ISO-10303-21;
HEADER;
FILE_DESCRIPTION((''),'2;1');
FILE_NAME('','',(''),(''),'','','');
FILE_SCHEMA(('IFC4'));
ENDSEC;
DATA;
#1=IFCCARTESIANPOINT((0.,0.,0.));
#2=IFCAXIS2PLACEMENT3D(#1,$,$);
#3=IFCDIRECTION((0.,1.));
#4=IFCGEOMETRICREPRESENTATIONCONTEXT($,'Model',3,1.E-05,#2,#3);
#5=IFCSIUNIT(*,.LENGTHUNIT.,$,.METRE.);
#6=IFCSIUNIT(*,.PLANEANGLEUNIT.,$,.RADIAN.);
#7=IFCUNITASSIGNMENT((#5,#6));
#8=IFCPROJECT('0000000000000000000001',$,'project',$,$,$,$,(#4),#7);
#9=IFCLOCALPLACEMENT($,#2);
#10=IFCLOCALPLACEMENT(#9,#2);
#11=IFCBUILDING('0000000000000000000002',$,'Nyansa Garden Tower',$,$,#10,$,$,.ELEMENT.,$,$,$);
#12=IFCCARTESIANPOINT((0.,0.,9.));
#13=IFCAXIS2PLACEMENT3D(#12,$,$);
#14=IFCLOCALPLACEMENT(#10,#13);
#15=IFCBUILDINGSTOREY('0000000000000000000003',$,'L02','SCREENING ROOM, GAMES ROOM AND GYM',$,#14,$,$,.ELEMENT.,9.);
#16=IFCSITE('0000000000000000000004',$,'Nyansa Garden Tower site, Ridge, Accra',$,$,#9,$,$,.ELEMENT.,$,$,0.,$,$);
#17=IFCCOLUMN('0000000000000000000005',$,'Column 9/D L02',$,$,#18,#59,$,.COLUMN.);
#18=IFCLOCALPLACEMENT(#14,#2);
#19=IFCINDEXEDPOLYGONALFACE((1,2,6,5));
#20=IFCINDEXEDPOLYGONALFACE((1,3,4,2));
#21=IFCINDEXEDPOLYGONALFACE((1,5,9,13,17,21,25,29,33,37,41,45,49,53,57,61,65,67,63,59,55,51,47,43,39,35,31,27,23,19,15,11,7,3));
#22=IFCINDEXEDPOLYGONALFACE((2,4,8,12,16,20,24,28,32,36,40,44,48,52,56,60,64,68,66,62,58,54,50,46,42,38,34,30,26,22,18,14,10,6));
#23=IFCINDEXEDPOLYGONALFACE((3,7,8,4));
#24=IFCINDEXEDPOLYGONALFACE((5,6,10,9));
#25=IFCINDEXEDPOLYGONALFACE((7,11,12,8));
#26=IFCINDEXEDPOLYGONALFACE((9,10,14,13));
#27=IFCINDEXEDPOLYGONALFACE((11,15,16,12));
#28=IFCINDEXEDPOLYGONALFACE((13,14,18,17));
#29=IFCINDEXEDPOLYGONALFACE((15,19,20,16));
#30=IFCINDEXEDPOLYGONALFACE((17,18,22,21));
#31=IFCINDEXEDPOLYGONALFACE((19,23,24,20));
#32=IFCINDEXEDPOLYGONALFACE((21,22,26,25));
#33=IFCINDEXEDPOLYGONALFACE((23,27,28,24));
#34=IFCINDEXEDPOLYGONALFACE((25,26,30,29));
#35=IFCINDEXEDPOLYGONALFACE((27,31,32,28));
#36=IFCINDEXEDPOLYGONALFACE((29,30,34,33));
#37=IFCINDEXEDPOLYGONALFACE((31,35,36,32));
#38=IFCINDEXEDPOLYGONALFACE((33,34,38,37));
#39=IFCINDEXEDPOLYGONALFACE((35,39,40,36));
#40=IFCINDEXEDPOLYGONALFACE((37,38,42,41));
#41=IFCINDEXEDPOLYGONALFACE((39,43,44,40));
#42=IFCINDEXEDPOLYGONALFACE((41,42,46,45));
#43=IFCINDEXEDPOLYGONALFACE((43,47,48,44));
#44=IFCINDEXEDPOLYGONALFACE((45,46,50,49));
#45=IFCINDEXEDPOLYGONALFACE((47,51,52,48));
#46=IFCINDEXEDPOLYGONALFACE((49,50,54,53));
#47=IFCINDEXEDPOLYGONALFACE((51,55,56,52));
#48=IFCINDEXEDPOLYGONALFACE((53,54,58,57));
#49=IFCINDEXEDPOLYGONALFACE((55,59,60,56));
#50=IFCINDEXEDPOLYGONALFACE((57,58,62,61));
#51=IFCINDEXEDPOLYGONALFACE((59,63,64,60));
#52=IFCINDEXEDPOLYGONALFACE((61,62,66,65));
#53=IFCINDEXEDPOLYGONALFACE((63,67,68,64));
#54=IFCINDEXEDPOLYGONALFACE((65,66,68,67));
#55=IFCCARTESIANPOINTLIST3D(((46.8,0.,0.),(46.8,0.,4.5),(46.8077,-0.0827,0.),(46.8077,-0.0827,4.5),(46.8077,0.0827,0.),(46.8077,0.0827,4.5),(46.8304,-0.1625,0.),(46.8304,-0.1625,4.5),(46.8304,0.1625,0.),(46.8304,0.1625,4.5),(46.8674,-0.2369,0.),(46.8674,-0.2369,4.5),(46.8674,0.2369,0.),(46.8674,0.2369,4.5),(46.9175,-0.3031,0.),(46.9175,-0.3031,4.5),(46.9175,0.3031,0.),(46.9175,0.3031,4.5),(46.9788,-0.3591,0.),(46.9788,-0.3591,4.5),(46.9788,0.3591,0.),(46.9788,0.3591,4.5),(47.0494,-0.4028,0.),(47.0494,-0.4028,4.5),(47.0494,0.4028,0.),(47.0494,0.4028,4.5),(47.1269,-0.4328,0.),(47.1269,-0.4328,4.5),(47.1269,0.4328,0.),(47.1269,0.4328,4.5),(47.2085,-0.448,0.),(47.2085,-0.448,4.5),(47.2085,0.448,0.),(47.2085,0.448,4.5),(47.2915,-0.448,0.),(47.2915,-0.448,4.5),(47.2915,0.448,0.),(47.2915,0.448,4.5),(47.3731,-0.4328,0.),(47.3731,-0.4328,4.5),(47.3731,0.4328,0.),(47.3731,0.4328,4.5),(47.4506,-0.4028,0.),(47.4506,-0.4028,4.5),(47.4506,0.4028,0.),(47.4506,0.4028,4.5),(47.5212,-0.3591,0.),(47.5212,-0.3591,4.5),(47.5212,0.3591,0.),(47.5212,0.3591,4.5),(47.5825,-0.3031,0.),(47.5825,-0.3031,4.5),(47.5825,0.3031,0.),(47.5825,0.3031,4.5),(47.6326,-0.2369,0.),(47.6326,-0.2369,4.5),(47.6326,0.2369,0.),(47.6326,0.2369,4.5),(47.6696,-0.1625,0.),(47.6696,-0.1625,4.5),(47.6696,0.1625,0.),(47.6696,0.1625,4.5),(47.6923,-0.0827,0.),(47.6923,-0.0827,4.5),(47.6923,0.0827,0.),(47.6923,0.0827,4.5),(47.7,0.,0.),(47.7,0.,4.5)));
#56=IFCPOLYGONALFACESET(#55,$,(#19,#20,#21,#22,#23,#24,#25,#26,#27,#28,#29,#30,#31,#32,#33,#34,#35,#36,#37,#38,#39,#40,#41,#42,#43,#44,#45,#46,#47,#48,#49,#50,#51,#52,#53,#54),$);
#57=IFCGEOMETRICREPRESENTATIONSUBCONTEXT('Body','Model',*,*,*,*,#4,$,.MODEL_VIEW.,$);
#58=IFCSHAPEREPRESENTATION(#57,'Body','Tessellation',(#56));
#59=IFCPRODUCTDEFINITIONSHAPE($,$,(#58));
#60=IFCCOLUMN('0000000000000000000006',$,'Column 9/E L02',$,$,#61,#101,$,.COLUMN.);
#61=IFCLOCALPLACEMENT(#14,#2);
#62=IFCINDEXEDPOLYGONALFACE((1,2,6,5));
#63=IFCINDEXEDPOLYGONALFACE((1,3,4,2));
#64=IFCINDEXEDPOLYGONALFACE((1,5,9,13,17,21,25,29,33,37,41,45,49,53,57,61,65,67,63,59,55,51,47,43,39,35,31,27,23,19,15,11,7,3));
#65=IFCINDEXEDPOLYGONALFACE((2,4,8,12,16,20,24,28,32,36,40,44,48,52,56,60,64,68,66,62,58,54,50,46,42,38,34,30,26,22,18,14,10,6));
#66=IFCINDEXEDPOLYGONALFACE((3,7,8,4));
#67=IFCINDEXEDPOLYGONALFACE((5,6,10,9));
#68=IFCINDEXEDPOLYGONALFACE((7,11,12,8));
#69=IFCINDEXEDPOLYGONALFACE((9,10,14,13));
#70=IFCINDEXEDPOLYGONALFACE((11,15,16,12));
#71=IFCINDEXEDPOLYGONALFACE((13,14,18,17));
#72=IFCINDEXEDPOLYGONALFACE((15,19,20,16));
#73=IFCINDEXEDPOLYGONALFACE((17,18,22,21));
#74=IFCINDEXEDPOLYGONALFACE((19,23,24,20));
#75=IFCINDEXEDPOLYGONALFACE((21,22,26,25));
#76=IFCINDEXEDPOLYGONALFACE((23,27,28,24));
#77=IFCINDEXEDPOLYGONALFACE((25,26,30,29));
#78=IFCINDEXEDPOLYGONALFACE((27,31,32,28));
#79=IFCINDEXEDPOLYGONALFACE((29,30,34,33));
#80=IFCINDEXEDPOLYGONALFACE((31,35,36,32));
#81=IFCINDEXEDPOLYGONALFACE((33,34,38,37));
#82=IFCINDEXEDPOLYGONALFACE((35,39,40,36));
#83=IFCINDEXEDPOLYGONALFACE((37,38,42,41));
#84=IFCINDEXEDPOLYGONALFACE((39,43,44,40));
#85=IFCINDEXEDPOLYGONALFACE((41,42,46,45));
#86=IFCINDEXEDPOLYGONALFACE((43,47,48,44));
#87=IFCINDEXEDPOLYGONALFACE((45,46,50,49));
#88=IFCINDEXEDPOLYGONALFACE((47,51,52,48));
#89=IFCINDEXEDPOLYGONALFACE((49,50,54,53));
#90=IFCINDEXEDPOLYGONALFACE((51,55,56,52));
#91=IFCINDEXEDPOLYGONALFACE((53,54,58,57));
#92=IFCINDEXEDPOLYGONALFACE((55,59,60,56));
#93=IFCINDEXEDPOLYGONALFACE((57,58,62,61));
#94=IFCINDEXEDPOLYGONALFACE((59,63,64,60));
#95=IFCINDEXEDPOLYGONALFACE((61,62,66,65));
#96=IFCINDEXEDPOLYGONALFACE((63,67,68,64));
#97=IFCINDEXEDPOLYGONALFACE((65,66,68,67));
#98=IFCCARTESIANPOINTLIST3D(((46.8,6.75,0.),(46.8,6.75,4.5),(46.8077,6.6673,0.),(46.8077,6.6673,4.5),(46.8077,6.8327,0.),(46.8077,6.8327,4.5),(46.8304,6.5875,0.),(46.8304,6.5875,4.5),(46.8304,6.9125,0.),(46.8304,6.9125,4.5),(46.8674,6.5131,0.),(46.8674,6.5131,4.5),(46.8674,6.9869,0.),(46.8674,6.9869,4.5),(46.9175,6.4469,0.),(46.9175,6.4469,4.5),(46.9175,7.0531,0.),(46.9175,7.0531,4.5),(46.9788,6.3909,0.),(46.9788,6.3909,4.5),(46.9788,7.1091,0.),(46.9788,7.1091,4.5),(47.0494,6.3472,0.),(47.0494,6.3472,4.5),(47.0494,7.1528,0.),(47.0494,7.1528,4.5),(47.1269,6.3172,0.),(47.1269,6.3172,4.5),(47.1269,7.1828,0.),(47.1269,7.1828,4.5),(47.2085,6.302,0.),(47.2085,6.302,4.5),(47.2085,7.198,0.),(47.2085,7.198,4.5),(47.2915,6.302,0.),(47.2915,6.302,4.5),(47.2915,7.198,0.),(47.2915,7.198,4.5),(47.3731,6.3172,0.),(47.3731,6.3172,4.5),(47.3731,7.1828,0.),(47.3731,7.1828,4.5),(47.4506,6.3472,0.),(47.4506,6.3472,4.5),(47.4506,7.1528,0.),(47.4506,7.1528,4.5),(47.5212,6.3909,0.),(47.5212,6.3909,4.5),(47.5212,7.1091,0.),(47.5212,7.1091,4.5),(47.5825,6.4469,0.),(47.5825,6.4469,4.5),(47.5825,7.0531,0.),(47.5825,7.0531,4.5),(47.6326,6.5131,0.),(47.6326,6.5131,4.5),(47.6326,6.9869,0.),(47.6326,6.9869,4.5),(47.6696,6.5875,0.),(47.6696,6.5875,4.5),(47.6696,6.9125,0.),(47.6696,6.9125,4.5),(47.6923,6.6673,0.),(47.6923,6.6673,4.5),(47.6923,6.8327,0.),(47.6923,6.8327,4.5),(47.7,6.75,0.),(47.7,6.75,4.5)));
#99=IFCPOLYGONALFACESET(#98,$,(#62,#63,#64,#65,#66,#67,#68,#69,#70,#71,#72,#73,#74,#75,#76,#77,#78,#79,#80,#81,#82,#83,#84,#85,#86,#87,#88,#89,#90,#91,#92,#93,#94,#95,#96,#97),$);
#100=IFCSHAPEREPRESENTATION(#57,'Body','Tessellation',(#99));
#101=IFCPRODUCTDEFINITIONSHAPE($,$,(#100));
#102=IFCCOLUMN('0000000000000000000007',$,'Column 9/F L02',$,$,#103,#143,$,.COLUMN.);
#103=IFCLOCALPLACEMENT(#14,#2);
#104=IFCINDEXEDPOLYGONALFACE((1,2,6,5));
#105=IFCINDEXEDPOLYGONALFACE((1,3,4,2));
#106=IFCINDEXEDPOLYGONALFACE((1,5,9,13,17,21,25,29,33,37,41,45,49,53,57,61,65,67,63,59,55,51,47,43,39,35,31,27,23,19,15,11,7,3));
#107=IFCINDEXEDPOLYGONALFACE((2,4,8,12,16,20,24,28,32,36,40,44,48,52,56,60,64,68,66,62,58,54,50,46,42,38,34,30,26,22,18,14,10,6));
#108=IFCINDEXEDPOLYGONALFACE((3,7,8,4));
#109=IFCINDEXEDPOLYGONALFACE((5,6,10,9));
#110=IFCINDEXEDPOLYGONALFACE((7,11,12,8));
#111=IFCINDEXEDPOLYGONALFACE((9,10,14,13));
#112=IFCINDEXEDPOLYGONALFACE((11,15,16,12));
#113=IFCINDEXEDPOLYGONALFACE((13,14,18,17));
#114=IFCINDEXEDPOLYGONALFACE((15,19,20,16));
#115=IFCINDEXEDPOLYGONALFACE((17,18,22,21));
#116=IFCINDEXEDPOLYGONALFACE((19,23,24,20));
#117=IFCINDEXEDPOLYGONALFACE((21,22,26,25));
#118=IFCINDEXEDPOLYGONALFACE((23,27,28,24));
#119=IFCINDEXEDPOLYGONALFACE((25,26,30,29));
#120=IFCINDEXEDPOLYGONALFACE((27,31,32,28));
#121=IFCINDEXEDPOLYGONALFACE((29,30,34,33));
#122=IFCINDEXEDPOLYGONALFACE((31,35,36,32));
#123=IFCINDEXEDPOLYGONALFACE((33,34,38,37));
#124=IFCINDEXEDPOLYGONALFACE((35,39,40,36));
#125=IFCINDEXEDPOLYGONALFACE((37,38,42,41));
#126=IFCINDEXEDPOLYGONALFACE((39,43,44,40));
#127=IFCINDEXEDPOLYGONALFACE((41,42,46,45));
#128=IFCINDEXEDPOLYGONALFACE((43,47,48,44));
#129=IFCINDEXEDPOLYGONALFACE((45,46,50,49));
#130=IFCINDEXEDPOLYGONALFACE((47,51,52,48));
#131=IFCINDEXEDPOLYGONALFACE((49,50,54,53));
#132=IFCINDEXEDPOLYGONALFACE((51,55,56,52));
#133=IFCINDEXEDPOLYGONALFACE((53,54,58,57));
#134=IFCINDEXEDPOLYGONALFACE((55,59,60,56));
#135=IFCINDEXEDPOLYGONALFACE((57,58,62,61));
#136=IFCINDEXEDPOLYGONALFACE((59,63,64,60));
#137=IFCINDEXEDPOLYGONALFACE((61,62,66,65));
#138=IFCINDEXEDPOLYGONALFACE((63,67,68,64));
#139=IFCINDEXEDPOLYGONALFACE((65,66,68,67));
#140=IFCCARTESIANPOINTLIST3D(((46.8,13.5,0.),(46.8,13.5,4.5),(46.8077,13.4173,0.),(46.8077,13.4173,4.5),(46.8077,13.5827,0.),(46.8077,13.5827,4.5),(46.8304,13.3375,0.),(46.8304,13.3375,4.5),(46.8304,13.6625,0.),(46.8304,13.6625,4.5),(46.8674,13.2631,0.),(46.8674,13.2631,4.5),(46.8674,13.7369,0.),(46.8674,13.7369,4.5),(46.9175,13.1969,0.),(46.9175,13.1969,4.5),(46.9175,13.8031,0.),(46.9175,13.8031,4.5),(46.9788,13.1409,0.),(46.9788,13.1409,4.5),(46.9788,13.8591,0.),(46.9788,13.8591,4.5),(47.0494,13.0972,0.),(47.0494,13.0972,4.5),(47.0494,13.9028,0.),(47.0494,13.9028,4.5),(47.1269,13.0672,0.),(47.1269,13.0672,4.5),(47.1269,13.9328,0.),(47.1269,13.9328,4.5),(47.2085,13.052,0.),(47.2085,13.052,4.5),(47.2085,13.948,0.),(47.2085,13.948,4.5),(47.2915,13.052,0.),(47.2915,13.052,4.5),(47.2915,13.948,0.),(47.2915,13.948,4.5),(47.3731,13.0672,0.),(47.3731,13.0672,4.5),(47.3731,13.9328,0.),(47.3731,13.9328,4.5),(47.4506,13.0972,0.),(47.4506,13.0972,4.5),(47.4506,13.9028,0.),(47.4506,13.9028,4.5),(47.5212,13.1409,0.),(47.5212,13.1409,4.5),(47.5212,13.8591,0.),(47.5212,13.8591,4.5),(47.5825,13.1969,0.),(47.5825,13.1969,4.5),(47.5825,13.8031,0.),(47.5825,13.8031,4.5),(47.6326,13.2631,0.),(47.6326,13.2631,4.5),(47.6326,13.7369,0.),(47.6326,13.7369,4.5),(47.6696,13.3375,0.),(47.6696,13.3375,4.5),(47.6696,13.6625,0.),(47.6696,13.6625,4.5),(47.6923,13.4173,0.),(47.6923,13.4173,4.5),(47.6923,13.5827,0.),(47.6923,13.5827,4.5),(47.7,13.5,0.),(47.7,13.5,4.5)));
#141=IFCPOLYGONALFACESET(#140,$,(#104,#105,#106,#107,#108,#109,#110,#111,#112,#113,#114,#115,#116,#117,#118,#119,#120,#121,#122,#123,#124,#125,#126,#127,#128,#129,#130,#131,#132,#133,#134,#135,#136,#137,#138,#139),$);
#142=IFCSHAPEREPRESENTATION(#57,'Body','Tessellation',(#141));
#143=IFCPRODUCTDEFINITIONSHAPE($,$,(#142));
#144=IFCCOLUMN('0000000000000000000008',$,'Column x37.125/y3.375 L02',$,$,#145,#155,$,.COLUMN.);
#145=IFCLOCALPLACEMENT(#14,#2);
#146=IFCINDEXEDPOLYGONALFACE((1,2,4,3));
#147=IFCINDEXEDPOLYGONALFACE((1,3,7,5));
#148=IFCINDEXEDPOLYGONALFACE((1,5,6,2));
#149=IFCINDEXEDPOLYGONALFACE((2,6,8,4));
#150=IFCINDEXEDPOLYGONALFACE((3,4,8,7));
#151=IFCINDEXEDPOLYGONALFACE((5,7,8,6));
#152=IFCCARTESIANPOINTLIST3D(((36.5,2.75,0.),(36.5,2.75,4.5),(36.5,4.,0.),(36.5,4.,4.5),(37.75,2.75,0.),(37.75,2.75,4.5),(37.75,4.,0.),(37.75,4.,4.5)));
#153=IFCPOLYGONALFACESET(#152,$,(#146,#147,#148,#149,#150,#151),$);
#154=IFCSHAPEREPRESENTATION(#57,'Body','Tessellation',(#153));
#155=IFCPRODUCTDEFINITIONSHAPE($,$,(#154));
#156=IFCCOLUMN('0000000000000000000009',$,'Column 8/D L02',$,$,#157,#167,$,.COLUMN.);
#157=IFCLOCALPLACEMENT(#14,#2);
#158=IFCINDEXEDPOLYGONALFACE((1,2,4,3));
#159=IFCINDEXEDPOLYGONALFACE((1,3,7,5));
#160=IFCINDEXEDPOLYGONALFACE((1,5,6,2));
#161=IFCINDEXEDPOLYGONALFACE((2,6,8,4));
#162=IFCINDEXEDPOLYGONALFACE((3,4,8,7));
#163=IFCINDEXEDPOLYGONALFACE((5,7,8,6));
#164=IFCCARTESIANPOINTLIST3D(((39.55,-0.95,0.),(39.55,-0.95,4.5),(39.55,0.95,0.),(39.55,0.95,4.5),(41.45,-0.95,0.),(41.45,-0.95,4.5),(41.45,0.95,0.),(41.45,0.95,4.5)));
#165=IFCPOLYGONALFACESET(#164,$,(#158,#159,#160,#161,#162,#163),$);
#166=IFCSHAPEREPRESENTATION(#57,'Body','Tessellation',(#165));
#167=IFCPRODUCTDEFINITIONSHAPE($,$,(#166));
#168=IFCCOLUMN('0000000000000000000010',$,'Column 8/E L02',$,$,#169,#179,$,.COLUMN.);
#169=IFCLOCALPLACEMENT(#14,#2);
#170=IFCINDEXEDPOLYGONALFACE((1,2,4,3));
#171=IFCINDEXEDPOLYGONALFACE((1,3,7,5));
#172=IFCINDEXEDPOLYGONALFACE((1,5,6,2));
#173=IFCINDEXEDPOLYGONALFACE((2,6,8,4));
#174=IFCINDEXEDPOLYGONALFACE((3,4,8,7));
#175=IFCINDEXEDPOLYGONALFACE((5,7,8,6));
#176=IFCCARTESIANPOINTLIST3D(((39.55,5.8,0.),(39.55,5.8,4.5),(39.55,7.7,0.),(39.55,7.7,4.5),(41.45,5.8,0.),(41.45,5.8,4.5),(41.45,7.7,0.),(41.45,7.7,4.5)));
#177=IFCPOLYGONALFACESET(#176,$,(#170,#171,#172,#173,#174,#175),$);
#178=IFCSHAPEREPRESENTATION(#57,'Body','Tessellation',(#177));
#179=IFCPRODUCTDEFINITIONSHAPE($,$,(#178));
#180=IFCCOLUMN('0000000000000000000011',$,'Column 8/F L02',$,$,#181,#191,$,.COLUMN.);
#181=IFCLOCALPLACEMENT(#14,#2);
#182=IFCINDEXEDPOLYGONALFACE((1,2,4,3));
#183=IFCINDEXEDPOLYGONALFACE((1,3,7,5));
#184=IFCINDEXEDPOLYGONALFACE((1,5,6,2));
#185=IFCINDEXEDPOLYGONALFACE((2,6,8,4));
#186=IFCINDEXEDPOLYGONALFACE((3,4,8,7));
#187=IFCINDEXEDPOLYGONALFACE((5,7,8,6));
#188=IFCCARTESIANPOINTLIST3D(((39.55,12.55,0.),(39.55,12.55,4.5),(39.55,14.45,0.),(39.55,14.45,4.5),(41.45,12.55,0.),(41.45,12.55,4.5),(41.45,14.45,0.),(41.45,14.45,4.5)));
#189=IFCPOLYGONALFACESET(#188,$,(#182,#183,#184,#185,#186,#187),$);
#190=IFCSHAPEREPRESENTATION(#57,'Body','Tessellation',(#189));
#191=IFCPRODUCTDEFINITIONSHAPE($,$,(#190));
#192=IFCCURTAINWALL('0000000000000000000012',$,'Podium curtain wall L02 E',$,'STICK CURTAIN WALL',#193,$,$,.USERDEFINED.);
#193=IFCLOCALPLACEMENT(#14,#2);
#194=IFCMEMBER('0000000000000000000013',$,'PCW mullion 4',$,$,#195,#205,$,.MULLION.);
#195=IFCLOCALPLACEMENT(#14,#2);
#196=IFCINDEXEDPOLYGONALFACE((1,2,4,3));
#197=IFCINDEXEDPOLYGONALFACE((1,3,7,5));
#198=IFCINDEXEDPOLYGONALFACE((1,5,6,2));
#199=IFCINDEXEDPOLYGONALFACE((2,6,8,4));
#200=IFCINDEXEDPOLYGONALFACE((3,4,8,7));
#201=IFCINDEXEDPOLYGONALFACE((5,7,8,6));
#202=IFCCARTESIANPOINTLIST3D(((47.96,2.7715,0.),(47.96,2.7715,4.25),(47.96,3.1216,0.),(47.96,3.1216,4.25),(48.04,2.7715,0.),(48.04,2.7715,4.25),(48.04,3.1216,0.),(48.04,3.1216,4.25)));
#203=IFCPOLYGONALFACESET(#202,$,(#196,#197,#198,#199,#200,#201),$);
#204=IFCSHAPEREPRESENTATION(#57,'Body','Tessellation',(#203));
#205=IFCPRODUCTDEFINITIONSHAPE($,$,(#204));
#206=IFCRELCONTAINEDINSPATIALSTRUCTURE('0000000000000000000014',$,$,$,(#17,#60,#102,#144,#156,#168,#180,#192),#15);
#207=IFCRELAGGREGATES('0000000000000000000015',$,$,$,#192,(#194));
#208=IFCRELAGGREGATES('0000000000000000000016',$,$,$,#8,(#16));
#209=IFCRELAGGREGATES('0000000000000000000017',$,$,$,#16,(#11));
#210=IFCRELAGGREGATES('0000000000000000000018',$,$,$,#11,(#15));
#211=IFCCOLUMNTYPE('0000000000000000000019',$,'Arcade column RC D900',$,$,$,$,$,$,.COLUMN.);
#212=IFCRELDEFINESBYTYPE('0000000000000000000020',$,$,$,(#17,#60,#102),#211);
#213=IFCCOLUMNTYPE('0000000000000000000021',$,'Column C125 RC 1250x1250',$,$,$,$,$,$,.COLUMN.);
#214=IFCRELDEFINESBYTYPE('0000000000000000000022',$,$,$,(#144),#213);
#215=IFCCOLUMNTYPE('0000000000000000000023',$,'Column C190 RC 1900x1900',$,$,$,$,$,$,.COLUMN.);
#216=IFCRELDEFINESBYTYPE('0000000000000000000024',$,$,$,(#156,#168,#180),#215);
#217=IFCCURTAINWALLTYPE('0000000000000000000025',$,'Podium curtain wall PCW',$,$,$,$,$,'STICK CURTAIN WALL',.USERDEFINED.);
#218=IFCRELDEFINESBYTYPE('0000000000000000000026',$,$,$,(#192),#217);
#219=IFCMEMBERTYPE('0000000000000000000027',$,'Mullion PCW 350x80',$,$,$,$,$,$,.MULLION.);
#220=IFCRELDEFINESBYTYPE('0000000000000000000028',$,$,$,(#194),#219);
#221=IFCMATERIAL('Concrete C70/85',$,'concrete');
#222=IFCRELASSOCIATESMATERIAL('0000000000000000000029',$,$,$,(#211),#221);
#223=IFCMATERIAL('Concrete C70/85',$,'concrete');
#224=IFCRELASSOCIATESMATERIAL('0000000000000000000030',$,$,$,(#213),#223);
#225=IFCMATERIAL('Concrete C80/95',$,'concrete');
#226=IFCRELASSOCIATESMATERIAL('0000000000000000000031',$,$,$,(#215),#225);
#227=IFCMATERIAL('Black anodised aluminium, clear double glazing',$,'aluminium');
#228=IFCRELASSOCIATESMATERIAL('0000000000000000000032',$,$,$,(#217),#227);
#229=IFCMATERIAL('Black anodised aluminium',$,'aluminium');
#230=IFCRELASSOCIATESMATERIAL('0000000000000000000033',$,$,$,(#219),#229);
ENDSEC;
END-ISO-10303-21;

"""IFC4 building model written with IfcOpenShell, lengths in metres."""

from ifc_helpers import new_model, si_unit, direction, frame, origin, origin_2d, place, context, subcontext, project, spatial, rectangle, circle, extrude, material, material_profile, profile_set, type_object, element, aggregate, save


model = new_model("IFC4")

# Units and contexts
model_context = context("Model", 3, precision=1e-05, world=origin(), true_north=direction((0.0, 1.0)))
body_context = subcontext(model_context, "Body", "Model", "MODEL_VIEW")
ifc_project = project(units=[si_unit("LENGTHUNIT", "METRE"), si_unit("PLANEANGLEUNIT", "RADIAN")], contexts=[model_context])

# Site, building, storey
site_placement = place(None, origin())
site = spatial("IfcSite", under=ifc_project, at=site_placement, Name="Nyansa Garden Tower site, Ridge, Accra", CompositionType="ELEMENT", RefElevation=0.0)
building_placement = place(site_placement, origin())
building = spatial("IfcBuilding", under=site, at=building_placement, Name="Nyansa Garden Tower", CompositionType="ELEMENT")
storey_placement = place(building_placement, frame((0.0, 0.0, 9.0)))
storey = spatial("IfcBuildingStorey", under=building, at=storey_placement, Name="L02", Description="SCREENING ROOM, GAMES ROOM AND GYM", CompositionType="ELEMENT", Elevation=9.0)

# Columns
ifc_material_1 = material(Name="Concrete C70/85", Category="concrete")
ifc_material_profile_1 = material_profile(ifc_material_1, circle(Radius=0.45, at=origin_2d()), Name="RC D900")
ifc_profile_set_1 = profile_set([ifc_material_profile_1], Name="Concrete C70/85")
column_type_1 = type_object("IfcColumnType", Name="Arcade column RC D900", PredefinedType="COLUMN", material=ifc_profile_set_1)
for number, where, z_axis, x_axis, name in (
    (1, (47.25, 0.0, 0.0), (0.0, 0.0, 1.0), (1.0, 0.0, 0.0), "Column 9/D L02"),
    (2, (47.25, 6.75, 0.0), (0.0, 0.0, 1.0), (1.0, 0.0, 0.0), "Column 9/E L02"),
    (3, (47.25, 13.5, 0.0), (0.0, 0.0, 1.0), (1.0, 0.0, 0.0), "Column 9/F L02"),
):
    element("IfcColumn", number, at=place(storey_placement, frame(where, z_axis=z_axis, x_axis=x_axis)), inside=storey, type_object=column_type_1, Name=name, PredefinedType="COLUMN", context=body_context, shape_type="SweptSolid", body=[
        extrude(circle(Radius=0.45, at=origin_2d()), origin(), (0.0, 0.0, 1.0), 4.5),
    ])
ifc_material_2 = material(Name="Concrete C70/85", Category="concrete")
ifc_material_profile_2 = material_profile(ifc_material_2, rectangle(XDim=1.25, YDim=1.25, at=origin_2d()), Name="RC 1250x1250")
ifc_profile_set_2 = profile_set([ifc_material_profile_2], Name="Concrete C70/85")
column_type_2 = type_object("IfcColumnType", Name="Column C125 RC 1250x1250", PredefinedType="COLUMN", material=ifc_profile_set_2)
column_placement = place(storey_placement, frame((37.125, 3.375, 0.0), z_axis=(0.0, 0.0, 1.0), x_axis=(1.0, 0.0, 0.0)))
element("IfcColumn", 4, at=column_placement, inside=storey, type_object=column_type_2, Name="Column x37.125/y3.375 L02", PredefinedType="COLUMN", context=body_context, shape_type="SweptSolid", body=[
    extrude(rectangle(XDim=1.25, YDim=1.25, at=origin_2d()), origin(), (0.0, 0.0, 1.0), 4.5),
])
ifc_material_3 = material(Name="Concrete C80/95", Category="concrete")
ifc_material_profile_3 = material_profile(ifc_material_3, rectangle(XDim=1.8999, YDim=1.8999, at=origin_2d()), Name="RC 1900x1900")
ifc_profile_set_3 = profile_set([ifc_material_profile_3], Name="Concrete C80/95")
column_type_3 = type_object("IfcColumnType", Name="Column C190 RC 1900x1900", PredefinedType="COLUMN", material=ifc_profile_set_3)
for number, where, z_axis, x_axis, name in (
    (5, (40.5, 0.0, 0.0), (0.0, 0.0, 1.0), (1.0, 0.0, 0.0), "Column 8/D L02"),
    (6, (40.5, 6.75, 0.0), (0.0, 0.0, 1.0), (1.0, 0.0, 0.0), "Column 8/E L02"),
    (7, (40.5, 13.5, 0.0), (0.0, 0.0, 1.0), (1.0, 0.0, 0.0), "Column 8/F L02"),
):
    element("IfcColumn", number, at=place(storey_placement, frame(where, z_axis=z_axis, x_axis=x_axis)), inside=storey, type_object=column_type_3, Name=name, PredefinedType="COLUMN", context=body_context, shape_type="SweptSolid", body=[
        extrude(rectangle(XDim=1.8999, YDim=1.8999, at=origin_2d()), origin(), (0.0, 0.0, 1.0), 4.5),
    ])

# Curtain wall, member
ifc_material_4 = material(Name="Black anodised aluminium, clear double glazing", Category="aluminium")
curtain_wall_type = type_object("IfcCurtainWallType", Name="Podium curtain wall PCW", ElementType="STICK CURTAIN WALL", PredefinedType="USERDEFINED", material=ifc_material_4)
curtain_wall_placement = place(storey_placement, origin())
curtain_wall = element("IfcCurtainWall", 8, at=curtain_wall_placement, inside=storey, type_object=curtain_wall_type, Name="Podium curtain wall L02 E", ObjectType="STICK CURTAIN WALL", PredefinedType="USERDEFINED")
ifc_material_5 = material(Name="Black anodised aluminium", Category="aluminium")
ifc_material_profile_4 = material_profile(ifc_material_5, rectangle(XDim=0.0801, YDim=0.3501, at=origin_2d()), Name="Mullion 350x80")
ifc_profile_set_4 = profile_set([ifc_material_profile_4], Name="Black anodised aluminium")
member_type_1 = type_object("IfcMemberType", Name="Mullion PCW 350x80", PredefinedType="MULLION", material=ifc_profile_set_4)
member_1_placement = place(storey_placement, frame((48.0, 2.9465, 0.0), z_axis=(0.0, 0.0, 1.0), x_axis=(-1.0, 0.0, 0.0)))
member_1 = element("IfcMember", 9, at=member_1_placement, type_object=member_type_1, Name="PCW mullion 4", PredefinedType="MULLION", context=body_context, shape_type="SweptSolid", body=[
    extrude(rectangle(XDim=0.0801, YDim=0.3501, at=origin_2d()), origin(), (0.0, 0.0, 1.0), 4.25),
])

aggregate(curtain_wall, [member_1])

save(model, "model.ifc")
